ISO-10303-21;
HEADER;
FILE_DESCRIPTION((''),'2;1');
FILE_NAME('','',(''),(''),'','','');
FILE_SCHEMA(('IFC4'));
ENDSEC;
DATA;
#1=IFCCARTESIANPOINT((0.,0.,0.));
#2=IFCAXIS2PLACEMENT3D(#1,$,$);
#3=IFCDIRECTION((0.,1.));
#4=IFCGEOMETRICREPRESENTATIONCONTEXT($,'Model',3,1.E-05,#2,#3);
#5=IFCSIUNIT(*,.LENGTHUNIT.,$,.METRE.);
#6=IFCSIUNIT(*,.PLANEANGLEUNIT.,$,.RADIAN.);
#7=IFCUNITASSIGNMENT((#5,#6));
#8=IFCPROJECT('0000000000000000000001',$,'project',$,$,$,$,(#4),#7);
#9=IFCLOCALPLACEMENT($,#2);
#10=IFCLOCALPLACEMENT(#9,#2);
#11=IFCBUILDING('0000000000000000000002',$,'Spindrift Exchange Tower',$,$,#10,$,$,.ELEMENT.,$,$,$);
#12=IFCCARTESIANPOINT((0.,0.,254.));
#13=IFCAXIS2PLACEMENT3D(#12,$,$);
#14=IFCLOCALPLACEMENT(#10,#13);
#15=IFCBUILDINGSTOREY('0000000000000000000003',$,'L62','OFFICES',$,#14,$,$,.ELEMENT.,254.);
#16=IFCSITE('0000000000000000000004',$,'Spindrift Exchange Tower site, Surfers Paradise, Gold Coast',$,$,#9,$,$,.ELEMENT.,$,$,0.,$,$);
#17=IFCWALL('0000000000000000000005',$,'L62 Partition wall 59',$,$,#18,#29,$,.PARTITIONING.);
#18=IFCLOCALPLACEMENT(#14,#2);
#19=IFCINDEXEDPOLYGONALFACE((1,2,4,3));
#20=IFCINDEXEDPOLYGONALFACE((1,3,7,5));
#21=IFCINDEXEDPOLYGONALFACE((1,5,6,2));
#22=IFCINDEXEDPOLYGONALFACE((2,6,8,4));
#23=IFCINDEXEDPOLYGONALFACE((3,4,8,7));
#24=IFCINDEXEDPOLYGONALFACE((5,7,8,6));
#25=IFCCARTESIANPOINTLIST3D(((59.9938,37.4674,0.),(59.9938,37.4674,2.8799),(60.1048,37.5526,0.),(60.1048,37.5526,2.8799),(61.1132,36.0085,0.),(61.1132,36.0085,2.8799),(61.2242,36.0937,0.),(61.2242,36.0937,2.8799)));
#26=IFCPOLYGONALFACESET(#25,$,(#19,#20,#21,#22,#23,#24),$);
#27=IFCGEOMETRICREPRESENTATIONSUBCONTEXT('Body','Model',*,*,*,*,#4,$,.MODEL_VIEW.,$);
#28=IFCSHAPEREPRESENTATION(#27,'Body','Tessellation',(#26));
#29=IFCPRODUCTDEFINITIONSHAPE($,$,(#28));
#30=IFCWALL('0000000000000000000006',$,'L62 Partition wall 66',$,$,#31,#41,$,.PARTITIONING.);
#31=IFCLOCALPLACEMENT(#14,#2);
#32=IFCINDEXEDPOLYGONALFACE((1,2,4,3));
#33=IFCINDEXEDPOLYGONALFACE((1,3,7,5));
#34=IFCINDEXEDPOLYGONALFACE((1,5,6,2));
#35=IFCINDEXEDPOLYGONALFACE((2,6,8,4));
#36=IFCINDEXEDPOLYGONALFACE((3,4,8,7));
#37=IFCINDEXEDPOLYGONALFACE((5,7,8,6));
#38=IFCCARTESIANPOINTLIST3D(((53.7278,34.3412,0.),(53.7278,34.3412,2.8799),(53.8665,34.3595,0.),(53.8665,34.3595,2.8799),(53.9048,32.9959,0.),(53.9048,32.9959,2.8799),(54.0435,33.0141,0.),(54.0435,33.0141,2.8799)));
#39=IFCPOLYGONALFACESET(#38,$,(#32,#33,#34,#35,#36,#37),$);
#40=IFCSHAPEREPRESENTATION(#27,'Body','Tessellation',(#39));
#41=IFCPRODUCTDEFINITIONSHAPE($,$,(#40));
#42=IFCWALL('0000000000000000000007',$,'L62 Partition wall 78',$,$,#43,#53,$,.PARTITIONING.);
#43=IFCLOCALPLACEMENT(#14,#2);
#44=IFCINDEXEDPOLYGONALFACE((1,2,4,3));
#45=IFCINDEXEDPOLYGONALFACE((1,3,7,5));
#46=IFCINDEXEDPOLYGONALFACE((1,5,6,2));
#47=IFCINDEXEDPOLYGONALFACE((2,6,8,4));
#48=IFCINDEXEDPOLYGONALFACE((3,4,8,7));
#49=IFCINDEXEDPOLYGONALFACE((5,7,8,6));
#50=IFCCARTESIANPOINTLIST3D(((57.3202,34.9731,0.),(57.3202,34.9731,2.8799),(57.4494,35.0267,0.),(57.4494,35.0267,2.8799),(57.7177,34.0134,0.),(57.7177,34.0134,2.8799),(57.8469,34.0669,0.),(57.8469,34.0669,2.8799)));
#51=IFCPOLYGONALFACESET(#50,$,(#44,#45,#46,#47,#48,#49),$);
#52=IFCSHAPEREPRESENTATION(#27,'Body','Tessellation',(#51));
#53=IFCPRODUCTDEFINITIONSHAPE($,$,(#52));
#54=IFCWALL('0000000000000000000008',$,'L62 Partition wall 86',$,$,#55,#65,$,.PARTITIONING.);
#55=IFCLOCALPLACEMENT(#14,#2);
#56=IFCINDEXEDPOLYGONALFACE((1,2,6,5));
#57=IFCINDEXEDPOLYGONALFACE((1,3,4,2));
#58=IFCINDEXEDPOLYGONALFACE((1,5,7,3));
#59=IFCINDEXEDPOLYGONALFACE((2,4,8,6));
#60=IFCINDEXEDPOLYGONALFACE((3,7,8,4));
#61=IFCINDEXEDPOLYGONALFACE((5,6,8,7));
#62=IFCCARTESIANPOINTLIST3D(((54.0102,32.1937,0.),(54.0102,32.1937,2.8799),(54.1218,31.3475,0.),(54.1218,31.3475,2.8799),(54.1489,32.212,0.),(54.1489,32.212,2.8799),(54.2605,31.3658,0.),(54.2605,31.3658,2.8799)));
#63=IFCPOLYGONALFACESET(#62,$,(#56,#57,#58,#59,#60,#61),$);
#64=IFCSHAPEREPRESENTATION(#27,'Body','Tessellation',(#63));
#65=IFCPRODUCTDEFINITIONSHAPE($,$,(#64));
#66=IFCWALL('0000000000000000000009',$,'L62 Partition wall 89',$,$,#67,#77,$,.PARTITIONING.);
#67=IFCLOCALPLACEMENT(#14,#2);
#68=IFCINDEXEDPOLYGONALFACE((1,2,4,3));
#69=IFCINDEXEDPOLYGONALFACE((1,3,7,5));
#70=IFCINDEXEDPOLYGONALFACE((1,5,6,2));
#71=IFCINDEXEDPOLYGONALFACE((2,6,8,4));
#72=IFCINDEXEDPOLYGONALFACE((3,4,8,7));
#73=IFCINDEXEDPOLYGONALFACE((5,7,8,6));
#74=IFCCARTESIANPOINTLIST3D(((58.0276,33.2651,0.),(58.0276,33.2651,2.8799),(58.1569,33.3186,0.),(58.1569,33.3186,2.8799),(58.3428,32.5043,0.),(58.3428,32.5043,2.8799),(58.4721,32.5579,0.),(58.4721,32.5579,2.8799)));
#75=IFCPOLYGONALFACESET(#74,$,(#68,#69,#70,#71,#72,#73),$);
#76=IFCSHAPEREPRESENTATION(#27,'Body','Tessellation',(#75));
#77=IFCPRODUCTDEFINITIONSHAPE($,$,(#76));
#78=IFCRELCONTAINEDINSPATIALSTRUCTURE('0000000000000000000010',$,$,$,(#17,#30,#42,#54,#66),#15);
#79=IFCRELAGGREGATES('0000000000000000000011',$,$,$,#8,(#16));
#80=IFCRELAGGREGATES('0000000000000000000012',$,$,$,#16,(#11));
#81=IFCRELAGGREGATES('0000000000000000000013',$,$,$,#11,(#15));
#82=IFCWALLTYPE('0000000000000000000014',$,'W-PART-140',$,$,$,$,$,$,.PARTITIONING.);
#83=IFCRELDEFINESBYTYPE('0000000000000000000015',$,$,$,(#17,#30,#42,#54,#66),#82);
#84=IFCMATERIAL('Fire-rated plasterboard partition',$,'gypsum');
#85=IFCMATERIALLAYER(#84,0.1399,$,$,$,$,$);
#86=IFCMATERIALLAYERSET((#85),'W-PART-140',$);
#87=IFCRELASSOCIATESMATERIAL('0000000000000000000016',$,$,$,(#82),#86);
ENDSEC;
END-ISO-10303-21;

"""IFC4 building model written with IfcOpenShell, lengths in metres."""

from ifc_helpers import new_model, si_unit, direction, frame, frame_2d, origin, place, context, subcontext, project, spatial, rectangle, extrude, material, layer, layer_set, type_object, element, save


model = new_model("IFC4")

# Units and contexts
model_context = context("Model", 3, precision=1e-05, world=origin(), true_north=direction((0.0, 1.0)))
body_context = subcontext(model_context, "Body", "Model", "MODEL_VIEW")
ifc_project = project(units=[si_unit("LENGTHUNIT", "METRE"), si_unit("PLANEANGLEUNIT", "RADIAN")], contexts=[model_context])

# Site, building, storey
site_placement = place(None, origin())
site = spatial("IfcSite", under=ifc_project, at=site_placement, Name="Spindrift Exchange Tower site, Surfers Paradise, Gold Coast", CompositionType="ELEMENT", RefElevation=0.0)
building_placement = place(site_placement, origin())
building = spatial("IfcBuilding", under=site, at=building_placement, Name="Spindrift Exchange Tower", CompositionType="ELEMENT")
storey_placement = place(building_placement, frame((0.0, 0.0, 254.0)))
storey = spatial("IfcBuildingStorey", under=building, at=storey_placement, Name="L62", Description="OFFICES", CompositionType="ELEMENT", Elevation=254.0)

# Shared definitions
ifc_material_1 = material(Name="Fire-rated plasterboard partition", Category="gypsum")
ifc_layer_1 = layer(ifc_material_1, 0.1399)
ifc_layer_set_1 = layer_set([ifc_layer_1], Name="W-PART-140")
wall_type = type_object("IfcWallType", Name="W-PART-140", PredefinedType="PARTITIONING", material=ifc_layer_set_1)

# Walls
wall_1_placement = place(storey_placement, frame((60.0493, 37.51, 0.0), z_axis=(0.0, 0.0, 1.0), x_axis=(0.608716, -0.793388, 0.0)))
element("IfcWall", 1, at=wall_1_placement, inside=storey, type_object=wall_type, Name="L62 Partition wall 59", PredefinedType="PARTITIONING", context=body_context, shape_type="SweptSolid", body=[
    extrude(rectangle(XDim=1.8389, YDim=0.1399, at=frame_2d((0.9194, 0.0))), origin(), (0.0, 0.0, 1.0), 2.8799),
])
wall_2_placement = place(storey_placement, frame((53.7971, 34.3503, 0.0), z_axis=(0.0, 0.0, 1.0), x_axis=(0.130431, -0.991457, 0.0)))
element("IfcWall", 2, at=wall_2_placement, inside=storey, type_object=wall_type, Name="L62 Partition wall 66", PredefinedType="PARTITIONING", context=body_context, shape_type="SweptSolid", body=[
    extrude(rectangle(XDim=1.3569, YDim=0.1399, at=frame_2d((0.6785, 0.0))), origin(), (0.0, 0.0, 1.0), 2.8799),
])
wall_3_placement = place(storey_placement, frame((57.3848, 35.0, 0.0), z_axis=(0.0, 0.0, 1.0), x_axis=(0.382629, -0.923902, 0.0)))
element("IfcWall", 3, at=wall_3_placement, inside=storey, type_object=wall_type, Name="L62 Partition wall 78", PredefinedType="PARTITIONING", context=body_context, shape_type="SweptSolid", body=[
    extrude(rectangle(XDim=1.0388, YDim=0.1399, at=frame_2d((0.5195, 0.0))), origin(), (0.0, 0.0, 1.0), 2.8799),
])
wall_4_placement = place(storey_placement, frame((54.0796, 32.2029, 0.0), z_axis=(0.0, 0.0, 1.0), x_axis=(0.130721, -0.991419, 0.0)))
element("IfcWall", 4, at=wall_4_placement, inside=storey, type_object=wall_type, Name="L62 Partition wall 86", PredefinedType="PARTITIONING", context=body_context, shape_type="SweptSolid", body=[
    extrude(rectangle(XDim=0.8535, YDim=0.1399, at=frame_2d((0.4268, 0.0))), origin(), (0.0, 0.0, 1.0), 2.8799),
])
wall_5_placement = place(storey_placement, frame((58.0923, 33.2917, 0.0), z_axis=(0.0, 0.0, 1.0), x_axis=(0.382762, -0.923847, 0.0)))
element("IfcWall", 5, at=wall_5_placement, inside=storey, type_object=wall_type, Name="L62 Partition wall 89", PredefinedType="PARTITIONING", context=body_context, shape_type="SweptSolid", body=[
    extrude(rectangle(XDim=0.8235, YDim=0.1399, at=frame_2d((0.4116, 0.0))), origin(), (0.0, 0.0, 1.0), 2.8799),
])

save(model, "model.ifc")
